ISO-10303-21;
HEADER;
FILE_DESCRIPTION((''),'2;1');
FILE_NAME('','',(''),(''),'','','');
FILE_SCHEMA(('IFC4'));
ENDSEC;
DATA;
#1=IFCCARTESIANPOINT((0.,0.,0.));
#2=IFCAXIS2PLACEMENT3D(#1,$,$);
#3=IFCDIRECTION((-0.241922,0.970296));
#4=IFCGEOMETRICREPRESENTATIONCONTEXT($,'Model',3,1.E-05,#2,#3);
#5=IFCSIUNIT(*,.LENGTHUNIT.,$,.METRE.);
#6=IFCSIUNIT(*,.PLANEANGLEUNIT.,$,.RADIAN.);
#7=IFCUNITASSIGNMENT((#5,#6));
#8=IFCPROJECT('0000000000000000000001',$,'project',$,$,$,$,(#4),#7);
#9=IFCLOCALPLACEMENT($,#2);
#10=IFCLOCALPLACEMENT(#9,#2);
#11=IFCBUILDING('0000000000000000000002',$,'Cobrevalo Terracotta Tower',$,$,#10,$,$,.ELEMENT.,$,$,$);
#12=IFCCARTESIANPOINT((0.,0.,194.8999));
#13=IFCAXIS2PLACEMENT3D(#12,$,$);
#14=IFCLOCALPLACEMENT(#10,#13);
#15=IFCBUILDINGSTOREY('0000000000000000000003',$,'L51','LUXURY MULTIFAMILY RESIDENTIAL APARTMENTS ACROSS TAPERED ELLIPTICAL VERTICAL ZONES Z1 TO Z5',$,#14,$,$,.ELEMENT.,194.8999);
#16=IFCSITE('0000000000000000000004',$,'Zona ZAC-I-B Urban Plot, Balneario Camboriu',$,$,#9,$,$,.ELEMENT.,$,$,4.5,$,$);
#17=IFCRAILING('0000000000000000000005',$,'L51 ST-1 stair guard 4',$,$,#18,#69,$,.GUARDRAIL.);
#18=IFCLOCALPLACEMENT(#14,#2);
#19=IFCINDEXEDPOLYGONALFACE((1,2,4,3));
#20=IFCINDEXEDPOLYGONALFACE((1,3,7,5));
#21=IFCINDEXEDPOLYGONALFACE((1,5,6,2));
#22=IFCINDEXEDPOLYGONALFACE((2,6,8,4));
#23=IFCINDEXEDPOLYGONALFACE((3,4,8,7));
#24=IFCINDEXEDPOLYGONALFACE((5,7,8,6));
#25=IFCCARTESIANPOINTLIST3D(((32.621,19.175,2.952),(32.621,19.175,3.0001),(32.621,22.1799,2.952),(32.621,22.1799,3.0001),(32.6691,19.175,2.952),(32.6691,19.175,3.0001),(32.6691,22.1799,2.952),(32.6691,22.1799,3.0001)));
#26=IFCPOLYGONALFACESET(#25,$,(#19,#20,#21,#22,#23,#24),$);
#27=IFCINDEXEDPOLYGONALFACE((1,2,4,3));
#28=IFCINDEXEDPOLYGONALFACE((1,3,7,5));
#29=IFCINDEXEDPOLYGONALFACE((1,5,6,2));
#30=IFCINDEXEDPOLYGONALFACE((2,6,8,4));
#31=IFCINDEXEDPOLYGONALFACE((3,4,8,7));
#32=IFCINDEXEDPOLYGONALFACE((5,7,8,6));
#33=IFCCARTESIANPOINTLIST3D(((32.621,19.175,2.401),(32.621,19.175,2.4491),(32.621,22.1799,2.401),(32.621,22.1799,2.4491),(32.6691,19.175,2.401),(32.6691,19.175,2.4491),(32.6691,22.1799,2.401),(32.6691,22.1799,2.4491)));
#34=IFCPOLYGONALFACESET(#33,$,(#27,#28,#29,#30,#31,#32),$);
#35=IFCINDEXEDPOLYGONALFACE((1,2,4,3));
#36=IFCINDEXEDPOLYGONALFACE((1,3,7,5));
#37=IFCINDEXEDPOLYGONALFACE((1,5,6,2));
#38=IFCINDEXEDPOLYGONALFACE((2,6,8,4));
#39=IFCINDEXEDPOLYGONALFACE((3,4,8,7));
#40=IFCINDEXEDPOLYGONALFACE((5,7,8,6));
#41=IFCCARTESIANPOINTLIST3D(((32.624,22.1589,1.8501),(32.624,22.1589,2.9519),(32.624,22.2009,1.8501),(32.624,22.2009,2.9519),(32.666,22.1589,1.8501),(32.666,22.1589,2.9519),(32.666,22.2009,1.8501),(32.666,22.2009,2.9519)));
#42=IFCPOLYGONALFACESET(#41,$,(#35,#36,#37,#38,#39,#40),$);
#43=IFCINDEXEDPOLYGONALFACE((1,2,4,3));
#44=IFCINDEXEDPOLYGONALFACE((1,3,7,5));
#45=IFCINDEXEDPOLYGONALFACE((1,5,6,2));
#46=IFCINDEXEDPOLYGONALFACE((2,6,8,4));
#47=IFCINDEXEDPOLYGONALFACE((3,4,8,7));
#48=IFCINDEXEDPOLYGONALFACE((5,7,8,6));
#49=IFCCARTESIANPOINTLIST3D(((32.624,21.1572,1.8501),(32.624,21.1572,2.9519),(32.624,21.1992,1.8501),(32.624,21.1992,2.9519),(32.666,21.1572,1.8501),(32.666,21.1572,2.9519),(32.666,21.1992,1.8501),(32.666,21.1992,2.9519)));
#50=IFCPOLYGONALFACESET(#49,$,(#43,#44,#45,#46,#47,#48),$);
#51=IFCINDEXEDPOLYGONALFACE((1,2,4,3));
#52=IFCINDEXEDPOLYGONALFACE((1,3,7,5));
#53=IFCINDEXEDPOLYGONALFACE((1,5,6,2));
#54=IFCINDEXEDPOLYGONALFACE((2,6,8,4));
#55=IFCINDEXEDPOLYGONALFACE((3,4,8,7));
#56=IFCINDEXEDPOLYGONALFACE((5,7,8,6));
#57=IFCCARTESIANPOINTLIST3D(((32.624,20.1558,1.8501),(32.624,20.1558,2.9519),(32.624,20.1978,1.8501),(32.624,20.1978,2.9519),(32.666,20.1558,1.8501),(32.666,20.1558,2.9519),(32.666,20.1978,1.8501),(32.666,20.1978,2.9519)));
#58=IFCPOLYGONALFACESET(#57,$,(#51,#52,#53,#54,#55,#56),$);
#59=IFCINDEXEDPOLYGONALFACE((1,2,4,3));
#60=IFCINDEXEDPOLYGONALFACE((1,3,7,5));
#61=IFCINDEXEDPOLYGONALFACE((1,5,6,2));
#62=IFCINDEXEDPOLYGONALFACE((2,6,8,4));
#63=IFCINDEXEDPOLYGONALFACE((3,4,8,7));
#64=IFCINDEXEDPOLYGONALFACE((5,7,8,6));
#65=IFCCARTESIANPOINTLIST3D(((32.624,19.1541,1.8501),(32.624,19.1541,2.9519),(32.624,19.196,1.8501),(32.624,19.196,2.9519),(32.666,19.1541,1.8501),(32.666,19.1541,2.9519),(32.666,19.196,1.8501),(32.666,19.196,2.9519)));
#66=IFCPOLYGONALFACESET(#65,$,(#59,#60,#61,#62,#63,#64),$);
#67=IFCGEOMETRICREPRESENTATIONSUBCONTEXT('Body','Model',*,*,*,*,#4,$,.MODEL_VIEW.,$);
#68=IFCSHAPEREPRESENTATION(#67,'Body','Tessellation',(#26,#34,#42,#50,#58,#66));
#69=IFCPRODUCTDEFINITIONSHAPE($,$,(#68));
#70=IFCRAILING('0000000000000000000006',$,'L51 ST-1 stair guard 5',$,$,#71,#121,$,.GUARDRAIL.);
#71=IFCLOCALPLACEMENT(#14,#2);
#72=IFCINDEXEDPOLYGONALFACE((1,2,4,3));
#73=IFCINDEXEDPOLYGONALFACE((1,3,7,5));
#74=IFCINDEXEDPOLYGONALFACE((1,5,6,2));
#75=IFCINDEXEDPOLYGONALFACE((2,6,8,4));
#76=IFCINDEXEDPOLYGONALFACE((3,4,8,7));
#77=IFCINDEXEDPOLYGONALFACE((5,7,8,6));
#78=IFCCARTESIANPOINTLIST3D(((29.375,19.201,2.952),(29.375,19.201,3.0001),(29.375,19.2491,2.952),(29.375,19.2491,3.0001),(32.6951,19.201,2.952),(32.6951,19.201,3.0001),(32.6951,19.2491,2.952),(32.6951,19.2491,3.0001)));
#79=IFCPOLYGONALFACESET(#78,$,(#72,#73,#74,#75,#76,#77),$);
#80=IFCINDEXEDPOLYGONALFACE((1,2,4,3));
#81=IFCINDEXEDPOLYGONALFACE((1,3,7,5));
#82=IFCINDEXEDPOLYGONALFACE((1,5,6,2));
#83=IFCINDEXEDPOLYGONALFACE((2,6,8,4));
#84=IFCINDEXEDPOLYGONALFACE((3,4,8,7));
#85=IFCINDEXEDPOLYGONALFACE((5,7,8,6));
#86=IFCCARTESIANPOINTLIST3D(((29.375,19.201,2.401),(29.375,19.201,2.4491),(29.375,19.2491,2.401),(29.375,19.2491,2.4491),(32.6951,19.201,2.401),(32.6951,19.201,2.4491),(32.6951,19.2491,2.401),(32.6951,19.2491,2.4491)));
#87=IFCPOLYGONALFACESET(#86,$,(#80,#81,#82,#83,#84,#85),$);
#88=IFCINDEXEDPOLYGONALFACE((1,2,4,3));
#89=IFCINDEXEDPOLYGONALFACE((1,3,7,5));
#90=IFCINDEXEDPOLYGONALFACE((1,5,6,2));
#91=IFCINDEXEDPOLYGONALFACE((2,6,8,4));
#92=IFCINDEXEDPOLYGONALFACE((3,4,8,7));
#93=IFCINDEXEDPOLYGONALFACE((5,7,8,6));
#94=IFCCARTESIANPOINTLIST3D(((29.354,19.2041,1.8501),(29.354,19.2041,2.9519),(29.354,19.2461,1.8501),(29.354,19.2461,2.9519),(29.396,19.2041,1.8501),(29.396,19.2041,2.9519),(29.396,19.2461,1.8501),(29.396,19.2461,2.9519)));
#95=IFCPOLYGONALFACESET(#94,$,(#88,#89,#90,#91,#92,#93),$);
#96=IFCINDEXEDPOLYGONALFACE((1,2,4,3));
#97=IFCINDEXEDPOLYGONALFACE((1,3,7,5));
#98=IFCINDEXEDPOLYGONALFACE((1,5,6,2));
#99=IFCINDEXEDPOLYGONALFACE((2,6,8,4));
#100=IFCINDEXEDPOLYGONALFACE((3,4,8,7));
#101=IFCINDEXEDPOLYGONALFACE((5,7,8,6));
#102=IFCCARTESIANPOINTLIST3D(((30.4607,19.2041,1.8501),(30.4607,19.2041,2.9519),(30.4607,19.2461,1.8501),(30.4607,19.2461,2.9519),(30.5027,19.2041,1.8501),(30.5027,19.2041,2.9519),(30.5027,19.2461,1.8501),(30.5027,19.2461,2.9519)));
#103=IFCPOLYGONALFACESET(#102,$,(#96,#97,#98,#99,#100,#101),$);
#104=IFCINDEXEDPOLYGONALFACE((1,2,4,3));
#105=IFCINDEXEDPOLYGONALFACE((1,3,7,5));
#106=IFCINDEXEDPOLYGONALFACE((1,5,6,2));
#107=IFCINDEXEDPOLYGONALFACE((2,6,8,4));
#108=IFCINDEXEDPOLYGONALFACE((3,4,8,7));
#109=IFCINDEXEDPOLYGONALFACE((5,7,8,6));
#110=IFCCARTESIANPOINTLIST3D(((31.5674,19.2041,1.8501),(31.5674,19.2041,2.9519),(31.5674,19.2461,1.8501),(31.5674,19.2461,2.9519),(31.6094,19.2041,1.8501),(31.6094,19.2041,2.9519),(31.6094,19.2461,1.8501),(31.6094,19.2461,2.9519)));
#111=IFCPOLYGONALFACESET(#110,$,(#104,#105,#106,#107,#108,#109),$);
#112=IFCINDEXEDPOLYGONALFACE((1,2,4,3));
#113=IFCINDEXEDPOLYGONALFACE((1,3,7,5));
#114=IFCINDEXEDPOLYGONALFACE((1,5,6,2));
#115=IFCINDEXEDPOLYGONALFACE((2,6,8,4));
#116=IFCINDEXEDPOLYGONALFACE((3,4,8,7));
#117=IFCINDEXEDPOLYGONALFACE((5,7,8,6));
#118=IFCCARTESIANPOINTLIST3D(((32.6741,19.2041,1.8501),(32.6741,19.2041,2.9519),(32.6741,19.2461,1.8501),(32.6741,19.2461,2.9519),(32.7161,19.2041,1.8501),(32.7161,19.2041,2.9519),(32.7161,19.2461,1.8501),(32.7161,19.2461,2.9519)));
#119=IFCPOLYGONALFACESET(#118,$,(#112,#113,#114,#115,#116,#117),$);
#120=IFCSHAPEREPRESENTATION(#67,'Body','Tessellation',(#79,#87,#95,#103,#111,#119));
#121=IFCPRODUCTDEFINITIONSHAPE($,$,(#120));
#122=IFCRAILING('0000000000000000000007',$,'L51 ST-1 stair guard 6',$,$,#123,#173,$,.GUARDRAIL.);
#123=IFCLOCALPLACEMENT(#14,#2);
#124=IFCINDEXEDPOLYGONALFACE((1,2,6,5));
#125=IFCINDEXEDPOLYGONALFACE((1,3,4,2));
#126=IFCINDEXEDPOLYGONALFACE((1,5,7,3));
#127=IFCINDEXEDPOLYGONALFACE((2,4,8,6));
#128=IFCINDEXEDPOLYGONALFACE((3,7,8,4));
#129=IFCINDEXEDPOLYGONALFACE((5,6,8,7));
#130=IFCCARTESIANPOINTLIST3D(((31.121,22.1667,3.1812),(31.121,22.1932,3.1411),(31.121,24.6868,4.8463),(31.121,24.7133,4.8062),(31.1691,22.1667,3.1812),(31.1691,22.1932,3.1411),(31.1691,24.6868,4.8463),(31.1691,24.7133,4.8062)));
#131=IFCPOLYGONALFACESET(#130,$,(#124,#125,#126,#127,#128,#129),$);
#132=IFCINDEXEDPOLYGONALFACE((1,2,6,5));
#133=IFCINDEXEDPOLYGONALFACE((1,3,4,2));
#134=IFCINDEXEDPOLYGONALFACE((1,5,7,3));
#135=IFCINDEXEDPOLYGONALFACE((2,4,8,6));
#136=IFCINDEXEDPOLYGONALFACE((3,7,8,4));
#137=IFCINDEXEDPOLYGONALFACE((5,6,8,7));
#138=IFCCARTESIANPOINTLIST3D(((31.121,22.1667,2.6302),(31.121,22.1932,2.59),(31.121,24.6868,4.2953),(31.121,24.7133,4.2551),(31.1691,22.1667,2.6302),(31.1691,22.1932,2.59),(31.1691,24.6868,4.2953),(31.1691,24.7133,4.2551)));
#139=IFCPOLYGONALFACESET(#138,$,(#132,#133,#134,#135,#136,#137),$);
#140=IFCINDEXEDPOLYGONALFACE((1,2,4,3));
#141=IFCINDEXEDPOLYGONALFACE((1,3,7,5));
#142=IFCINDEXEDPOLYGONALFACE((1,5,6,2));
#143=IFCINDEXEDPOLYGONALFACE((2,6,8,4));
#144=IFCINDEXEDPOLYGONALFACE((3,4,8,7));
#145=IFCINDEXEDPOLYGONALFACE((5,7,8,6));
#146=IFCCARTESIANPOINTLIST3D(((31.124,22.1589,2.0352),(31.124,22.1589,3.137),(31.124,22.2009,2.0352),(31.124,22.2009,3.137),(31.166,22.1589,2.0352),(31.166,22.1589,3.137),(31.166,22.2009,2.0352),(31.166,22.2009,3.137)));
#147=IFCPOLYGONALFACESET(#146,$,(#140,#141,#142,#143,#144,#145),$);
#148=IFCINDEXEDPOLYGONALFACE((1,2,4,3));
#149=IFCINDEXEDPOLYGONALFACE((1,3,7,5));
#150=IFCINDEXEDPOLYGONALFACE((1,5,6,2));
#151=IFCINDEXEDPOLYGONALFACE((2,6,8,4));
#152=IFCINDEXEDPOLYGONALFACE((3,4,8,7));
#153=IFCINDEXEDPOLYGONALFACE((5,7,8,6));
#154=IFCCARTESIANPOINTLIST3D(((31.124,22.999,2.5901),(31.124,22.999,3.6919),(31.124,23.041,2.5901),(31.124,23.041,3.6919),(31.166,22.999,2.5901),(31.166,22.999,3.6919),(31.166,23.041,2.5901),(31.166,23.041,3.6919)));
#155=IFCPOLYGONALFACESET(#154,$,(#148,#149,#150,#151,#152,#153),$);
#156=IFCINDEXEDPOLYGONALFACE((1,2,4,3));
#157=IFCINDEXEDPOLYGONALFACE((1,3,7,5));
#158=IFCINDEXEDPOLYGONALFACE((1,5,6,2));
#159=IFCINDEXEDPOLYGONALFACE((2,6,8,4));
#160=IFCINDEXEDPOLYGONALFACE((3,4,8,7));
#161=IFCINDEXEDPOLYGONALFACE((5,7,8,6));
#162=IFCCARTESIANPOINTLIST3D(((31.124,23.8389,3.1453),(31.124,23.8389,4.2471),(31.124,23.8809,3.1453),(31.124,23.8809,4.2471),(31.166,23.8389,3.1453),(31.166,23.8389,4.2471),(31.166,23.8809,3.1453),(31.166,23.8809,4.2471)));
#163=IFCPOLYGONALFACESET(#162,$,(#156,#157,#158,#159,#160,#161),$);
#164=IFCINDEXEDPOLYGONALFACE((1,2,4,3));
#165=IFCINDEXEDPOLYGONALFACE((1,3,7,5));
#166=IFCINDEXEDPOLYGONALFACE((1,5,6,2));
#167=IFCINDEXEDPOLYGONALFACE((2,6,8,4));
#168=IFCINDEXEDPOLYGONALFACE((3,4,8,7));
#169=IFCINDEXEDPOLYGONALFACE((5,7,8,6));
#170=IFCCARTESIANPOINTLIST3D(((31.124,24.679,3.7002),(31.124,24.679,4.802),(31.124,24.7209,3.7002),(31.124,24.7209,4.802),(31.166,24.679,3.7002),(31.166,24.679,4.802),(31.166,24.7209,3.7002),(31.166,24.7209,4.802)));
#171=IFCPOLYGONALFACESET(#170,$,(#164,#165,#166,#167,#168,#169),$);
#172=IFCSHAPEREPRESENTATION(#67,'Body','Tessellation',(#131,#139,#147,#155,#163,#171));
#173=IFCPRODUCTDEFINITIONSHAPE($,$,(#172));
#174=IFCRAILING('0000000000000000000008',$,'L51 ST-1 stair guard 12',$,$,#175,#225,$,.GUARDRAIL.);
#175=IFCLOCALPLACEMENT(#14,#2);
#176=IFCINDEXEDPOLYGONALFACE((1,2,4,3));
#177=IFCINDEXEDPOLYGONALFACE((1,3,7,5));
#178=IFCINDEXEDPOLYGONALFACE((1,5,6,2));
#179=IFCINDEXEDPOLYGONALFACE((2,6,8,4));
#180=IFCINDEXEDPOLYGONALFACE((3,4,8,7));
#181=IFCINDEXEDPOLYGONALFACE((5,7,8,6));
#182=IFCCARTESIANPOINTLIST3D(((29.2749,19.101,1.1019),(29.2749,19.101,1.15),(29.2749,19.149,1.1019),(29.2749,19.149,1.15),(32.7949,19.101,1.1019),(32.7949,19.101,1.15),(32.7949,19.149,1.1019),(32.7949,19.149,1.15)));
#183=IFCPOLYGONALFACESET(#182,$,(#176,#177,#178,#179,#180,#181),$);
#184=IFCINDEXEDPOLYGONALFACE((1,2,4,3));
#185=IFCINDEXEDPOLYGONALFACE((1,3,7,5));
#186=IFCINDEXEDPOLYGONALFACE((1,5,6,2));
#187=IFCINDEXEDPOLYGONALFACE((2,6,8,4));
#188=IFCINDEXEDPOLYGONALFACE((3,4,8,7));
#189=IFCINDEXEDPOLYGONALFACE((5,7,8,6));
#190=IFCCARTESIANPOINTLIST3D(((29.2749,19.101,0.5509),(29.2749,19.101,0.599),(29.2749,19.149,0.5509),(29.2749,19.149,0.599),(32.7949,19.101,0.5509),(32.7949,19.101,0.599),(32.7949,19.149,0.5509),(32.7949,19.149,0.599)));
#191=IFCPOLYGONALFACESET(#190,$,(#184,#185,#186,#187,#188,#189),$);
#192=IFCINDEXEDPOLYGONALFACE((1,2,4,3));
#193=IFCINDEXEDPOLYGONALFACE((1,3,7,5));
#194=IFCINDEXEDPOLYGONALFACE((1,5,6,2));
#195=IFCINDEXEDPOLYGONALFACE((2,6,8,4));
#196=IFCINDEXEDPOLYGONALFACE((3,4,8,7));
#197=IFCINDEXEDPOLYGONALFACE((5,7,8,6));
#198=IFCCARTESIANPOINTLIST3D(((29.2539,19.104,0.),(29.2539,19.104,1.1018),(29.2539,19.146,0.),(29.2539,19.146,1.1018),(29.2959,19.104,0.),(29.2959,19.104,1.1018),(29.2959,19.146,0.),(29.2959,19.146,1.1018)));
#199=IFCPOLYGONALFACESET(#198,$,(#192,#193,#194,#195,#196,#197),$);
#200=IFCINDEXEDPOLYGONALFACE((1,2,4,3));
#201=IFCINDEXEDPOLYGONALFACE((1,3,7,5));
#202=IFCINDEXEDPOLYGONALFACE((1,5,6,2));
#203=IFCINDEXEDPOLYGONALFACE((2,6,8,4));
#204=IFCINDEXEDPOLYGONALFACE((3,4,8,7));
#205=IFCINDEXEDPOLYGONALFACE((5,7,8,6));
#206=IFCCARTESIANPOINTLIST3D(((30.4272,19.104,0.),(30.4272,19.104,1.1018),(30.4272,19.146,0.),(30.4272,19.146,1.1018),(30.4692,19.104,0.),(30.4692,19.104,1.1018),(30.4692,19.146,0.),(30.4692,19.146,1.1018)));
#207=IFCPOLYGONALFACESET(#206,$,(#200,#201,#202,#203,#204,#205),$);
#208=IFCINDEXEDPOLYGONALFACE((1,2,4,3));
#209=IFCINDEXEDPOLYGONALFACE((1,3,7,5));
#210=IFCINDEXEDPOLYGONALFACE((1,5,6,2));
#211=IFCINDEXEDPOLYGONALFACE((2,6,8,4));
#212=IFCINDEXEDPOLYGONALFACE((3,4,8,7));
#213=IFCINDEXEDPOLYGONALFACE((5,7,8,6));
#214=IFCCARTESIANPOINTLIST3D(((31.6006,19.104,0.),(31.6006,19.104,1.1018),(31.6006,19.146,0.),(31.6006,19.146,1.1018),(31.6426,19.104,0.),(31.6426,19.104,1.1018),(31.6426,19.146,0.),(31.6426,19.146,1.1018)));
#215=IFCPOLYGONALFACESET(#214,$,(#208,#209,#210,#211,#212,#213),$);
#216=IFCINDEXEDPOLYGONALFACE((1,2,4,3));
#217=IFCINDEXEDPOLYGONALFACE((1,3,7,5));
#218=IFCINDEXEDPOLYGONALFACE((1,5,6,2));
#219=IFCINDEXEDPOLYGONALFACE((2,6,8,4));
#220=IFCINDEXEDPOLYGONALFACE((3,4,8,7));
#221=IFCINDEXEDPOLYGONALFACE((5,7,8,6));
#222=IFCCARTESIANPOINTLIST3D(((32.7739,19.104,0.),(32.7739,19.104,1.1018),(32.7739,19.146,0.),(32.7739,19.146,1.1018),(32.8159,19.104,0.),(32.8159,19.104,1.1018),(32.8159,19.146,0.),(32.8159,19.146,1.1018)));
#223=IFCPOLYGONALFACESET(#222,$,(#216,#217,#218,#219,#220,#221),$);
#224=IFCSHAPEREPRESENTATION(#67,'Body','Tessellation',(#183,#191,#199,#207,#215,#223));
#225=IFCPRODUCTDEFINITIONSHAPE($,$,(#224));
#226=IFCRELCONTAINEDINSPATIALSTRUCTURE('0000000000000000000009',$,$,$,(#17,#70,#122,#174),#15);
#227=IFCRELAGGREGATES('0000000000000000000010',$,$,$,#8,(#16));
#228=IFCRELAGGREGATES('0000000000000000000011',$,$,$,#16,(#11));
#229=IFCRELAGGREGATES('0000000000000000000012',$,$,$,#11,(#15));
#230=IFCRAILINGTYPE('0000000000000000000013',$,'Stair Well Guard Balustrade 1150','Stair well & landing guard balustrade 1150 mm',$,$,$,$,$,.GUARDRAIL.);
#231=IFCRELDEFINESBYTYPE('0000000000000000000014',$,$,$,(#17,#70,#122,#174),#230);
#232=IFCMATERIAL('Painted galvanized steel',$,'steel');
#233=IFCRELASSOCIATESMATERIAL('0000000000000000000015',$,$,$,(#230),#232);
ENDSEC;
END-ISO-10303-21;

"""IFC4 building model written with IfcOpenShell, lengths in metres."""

from ifc_helpers import new_model, si_unit, direction, frame, origin, origin_2d, place, context, subcontext, project, spatial, rectangle, extrude, material, type_object, element, save


model = new_model("IFC4")

# Units and contexts
model_context = context("Model", 3, precision=1e-05, world=origin(), true_north=direction((-0.241922, 0.970296)))
body_context = subcontext(model_context, "Body", "Model", "MODEL_VIEW")
ifc_project = project(units=[si_unit("LENGTHUNIT", "METRE"), si_unit("PLANEANGLEUNIT", "RADIAN")], contexts=[model_context])

# Site, building, storey
site_placement = place(None, origin())
site = spatial("IfcSite", under=ifc_project, at=site_placement, Name="Zona ZAC-I-B Urban Plot, Balneario Camboriu", CompositionType="ELEMENT", RefElevation=4.5)
building_placement = place(site_placement, origin())
building = spatial("IfcBuilding", under=site, at=building_placement, Name="Cobrevalo Terracotta Tower", CompositionType="ELEMENT")
storey_placement = place(building_placement, frame((0.0, 0.0, 194.8999)))
storey = spatial("IfcBuildingStorey", under=building, at=storey_placement, Name="L51", Description="LUXURY MULTIFAMILY RESIDENTIAL APARTMENTS ACROSS TAPERED ELLIPTICAL VERTICAL ZONES Z1 TO Z5", CompositionType="ELEMENT", Elevation=194.8999)

# Railings
ifc_material_1 = material(Name="Painted galvanized steel", Category="steel")
railing_type_1 = type_object("IfcRailingType", Name="Stair Well Guard Balustrade 1150", Description="Stair well & landing guard balustrade 1150 mm", PredefinedType="GUARDRAIL", material=ifc_material_1)
for number, where, name in (
    (1, (32.645, 22.1799, 1.8501), "L51 ST-1 stair guard 4"),
):
    element("IfcRailing", number, at=place(storey_placement, frame(where)), inside=storey, type_object=railing_type_1, Name=name, PredefinedType="GUARDRAIL", context=body_context, shape_type="SweptSolid", body=[
        extrude(rectangle(XDim=0.0481, YDim=0.0481, at=origin_2d()), frame((0.0, 0.0, 1.126), z_axis=(0.0, -1.0, 0.0), x_axis=(1.0, 0.0, 0.0)), (0.0, 0.0, 1.0), 3.0049),
        extrude(rectangle(XDim=0.0481, YDim=0.0481, at=origin_2d()), frame((0.0, 0.0, 0.575), z_axis=(0.0, -1.0, 0.0), x_axis=(1.0, 0.0, 0.0)), (0.0, 0.0, 1.0), 3.0049),
        extrude(rectangle(XDim=0.042, YDim=0.042, at=origin_2d()), origin(), (0.0, 0.0, 1.0), 1.1018),
        extrude(rectangle(XDim=0.042, YDim=0.042, at=origin_2d()), frame((0.0, -1.0017, 0.0)), (0.0, 0.0, 1.0), 1.1018),
        extrude(rectangle(XDim=0.042, YDim=0.042, at=origin_2d()), frame((0.0, -2.0032, 0.0)), (0.0, 0.0, 1.0), 1.1018),
        extrude(rectangle(XDim=0.042, YDim=0.042, at=origin_2d()), frame((0.0, -3.0049, 0.0)), (0.0, 0.0, 1.0), 1.1018),
    ])
railing_1_placement = place(storey_placement, frame((29.375, 19.2251, 1.8501)))
element("IfcRailing", 2, at=railing_1_placement, inside=storey, type_object=railing_type_1, Name="L51 ST-1 stair guard 5", PredefinedType="GUARDRAIL", context=body_context, shape_type="SweptSolid", body=[
    extrude(rectangle(XDim=0.0481, YDim=0.0481, at=origin_2d()), frame((0.0, 0.0, 1.126), z_axis=(1.0, 0.0, 0.0), x_axis=(0.0, 1.0, 0.0)), (0.0, 0.0, 1.0), 3.3201),
    extrude(rectangle(XDim=0.0481, YDim=0.0481, at=origin_2d()), frame((0.0, 0.0, 0.575), z_axis=(1.0, 0.0, 0.0), x_axis=(0.0, 1.0, 0.0)), (0.0, 0.0, 1.0), 3.3201),
    extrude(rectangle(XDim=0.042, YDim=0.042, at=origin_2d()), origin(), (0.0, 0.0, 1.0), 1.1018),
    extrude(rectangle(XDim=0.042, YDim=0.042, at=origin_2d()), frame((1.1067, 0.0, 0.0)), (0.0, 0.0, 1.0), 1.1018),
    extrude(rectangle(XDim=0.042, YDim=0.042, at=origin_2d()), frame((2.2134, 0.0, 0.0)), (0.0, 0.0, 1.0), 1.1018),
    extrude(rectangle(XDim=0.042, YDim=0.042, at=origin_2d()), frame((3.3201, 0.0, 0.0)), (0.0, 0.0, 1.0), 1.1018),
])
railing_2_placement = place(storey_placement, frame((31.145, 22.1799, 2.0352)))
element("IfcRailing", 3, at=railing_2_placement, inside=storey, type_object=railing_type_1, Name="L51 ST-1 stair guard 6", PredefinedType="GUARDRAIL", context=body_context, shape_type="SweptSolid", body=[
    extrude(rectangle(XDim=0.0481, YDim=0.0481, at=origin_2d()), frame((0.0, 0.0, 1.126), z_axis=(0.0, 0.834331, 0.551263), x_axis=(-1.0, 0.0, 0.0)), (0.0, 0.0, 1.0), 3.0205),
    extrude(rectangle(XDim=0.0481, YDim=0.0481, at=origin_2d()), frame((0.0, 0.0, 0.575), z_axis=(0.0, 0.834331, 0.551263), x_axis=(-1.0, 0.0, 0.0)), (0.0, 0.0, 1.0), 3.0205),
    extrude(rectangle(XDim=0.042, YDim=0.042, at=origin_2d()), origin(), (0.0, 0.0, 1.0), 1.1018),
    extrude(rectangle(XDim=0.042, YDim=0.042, at=origin_2d()), frame((0.0, 0.8401, 0.5549)), (0.0, 0.0, 1.0), 1.1018),
    extrude(rectangle(XDim=0.042, YDim=0.042, at=origin_2d()), frame((0.0, 1.6799, 1.1101)), (0.0, 0.0, 1.0), 1.1018),
    extrude(rectangle(XDim=0.042, YDim=0.042, at=origin_2d()), frame((0.0, 2.52, 1.665)), (0.0, 0.0, 1.0), 1.1018),
])
railing_3_placement = place(storey_placement, frame((29.2749, 19.125, 0.0)))
element("IfcRailing", 4, at=railing_3_placement, inside=storey, type_object=railing_type_1, Name="L51 ST-1 stair guard 12", PredefinedType="GUARDRAIL", context=body_context, shape_type="SweptSolid", body=[
    extrude(rectangle(XDim=0.0481, YDim=0.0481, at=origin_2d()), frame((0.0, 0.0, 1.126), z_axis=(1.0, 0.0, 0.0), x_axis=(0.0, 1.0, 0.0)), (0.0, 0.0, 1.0), 3.52),
    extrude(rectangle(XDim=0.0481, YDim=0.0481, at=origin_2d()), frame((0.0, 0.0, 0.575), z_axis=(1.0, 0.0, 0.0), x_axis=(0.0, 1.0, 0.0)), (0.0, 0.0, 1.0), 3.52),
    extrude(rectangle(XDim=0.042, YDim=0.042, at=origin_2d()), origin(), (0.0, 0.0, 1.0), 1.1018),
    extrude(rectangle(XDim=0.042, YDim=0.042, at=origin_2d()), frame((1.1733, 0.0, 0.0)), (0.0, 0.0, 1.0), 1.1018),
    extrude(rectangle(XDim=0.042, YDim=0.042, at=origin_2d()), frame((2.3467, 0.0, 0.0)), (0.0, 0.0, 1.0), 1.1018),
    extrude(rectangle(XDim=0.042, YDim=0.042, at=origin_2d()), frame((3.52, 0.0, 0.0)), (0.0, 0.0, 1.0), 1.1018),
])

save(model, "model.ifc")
